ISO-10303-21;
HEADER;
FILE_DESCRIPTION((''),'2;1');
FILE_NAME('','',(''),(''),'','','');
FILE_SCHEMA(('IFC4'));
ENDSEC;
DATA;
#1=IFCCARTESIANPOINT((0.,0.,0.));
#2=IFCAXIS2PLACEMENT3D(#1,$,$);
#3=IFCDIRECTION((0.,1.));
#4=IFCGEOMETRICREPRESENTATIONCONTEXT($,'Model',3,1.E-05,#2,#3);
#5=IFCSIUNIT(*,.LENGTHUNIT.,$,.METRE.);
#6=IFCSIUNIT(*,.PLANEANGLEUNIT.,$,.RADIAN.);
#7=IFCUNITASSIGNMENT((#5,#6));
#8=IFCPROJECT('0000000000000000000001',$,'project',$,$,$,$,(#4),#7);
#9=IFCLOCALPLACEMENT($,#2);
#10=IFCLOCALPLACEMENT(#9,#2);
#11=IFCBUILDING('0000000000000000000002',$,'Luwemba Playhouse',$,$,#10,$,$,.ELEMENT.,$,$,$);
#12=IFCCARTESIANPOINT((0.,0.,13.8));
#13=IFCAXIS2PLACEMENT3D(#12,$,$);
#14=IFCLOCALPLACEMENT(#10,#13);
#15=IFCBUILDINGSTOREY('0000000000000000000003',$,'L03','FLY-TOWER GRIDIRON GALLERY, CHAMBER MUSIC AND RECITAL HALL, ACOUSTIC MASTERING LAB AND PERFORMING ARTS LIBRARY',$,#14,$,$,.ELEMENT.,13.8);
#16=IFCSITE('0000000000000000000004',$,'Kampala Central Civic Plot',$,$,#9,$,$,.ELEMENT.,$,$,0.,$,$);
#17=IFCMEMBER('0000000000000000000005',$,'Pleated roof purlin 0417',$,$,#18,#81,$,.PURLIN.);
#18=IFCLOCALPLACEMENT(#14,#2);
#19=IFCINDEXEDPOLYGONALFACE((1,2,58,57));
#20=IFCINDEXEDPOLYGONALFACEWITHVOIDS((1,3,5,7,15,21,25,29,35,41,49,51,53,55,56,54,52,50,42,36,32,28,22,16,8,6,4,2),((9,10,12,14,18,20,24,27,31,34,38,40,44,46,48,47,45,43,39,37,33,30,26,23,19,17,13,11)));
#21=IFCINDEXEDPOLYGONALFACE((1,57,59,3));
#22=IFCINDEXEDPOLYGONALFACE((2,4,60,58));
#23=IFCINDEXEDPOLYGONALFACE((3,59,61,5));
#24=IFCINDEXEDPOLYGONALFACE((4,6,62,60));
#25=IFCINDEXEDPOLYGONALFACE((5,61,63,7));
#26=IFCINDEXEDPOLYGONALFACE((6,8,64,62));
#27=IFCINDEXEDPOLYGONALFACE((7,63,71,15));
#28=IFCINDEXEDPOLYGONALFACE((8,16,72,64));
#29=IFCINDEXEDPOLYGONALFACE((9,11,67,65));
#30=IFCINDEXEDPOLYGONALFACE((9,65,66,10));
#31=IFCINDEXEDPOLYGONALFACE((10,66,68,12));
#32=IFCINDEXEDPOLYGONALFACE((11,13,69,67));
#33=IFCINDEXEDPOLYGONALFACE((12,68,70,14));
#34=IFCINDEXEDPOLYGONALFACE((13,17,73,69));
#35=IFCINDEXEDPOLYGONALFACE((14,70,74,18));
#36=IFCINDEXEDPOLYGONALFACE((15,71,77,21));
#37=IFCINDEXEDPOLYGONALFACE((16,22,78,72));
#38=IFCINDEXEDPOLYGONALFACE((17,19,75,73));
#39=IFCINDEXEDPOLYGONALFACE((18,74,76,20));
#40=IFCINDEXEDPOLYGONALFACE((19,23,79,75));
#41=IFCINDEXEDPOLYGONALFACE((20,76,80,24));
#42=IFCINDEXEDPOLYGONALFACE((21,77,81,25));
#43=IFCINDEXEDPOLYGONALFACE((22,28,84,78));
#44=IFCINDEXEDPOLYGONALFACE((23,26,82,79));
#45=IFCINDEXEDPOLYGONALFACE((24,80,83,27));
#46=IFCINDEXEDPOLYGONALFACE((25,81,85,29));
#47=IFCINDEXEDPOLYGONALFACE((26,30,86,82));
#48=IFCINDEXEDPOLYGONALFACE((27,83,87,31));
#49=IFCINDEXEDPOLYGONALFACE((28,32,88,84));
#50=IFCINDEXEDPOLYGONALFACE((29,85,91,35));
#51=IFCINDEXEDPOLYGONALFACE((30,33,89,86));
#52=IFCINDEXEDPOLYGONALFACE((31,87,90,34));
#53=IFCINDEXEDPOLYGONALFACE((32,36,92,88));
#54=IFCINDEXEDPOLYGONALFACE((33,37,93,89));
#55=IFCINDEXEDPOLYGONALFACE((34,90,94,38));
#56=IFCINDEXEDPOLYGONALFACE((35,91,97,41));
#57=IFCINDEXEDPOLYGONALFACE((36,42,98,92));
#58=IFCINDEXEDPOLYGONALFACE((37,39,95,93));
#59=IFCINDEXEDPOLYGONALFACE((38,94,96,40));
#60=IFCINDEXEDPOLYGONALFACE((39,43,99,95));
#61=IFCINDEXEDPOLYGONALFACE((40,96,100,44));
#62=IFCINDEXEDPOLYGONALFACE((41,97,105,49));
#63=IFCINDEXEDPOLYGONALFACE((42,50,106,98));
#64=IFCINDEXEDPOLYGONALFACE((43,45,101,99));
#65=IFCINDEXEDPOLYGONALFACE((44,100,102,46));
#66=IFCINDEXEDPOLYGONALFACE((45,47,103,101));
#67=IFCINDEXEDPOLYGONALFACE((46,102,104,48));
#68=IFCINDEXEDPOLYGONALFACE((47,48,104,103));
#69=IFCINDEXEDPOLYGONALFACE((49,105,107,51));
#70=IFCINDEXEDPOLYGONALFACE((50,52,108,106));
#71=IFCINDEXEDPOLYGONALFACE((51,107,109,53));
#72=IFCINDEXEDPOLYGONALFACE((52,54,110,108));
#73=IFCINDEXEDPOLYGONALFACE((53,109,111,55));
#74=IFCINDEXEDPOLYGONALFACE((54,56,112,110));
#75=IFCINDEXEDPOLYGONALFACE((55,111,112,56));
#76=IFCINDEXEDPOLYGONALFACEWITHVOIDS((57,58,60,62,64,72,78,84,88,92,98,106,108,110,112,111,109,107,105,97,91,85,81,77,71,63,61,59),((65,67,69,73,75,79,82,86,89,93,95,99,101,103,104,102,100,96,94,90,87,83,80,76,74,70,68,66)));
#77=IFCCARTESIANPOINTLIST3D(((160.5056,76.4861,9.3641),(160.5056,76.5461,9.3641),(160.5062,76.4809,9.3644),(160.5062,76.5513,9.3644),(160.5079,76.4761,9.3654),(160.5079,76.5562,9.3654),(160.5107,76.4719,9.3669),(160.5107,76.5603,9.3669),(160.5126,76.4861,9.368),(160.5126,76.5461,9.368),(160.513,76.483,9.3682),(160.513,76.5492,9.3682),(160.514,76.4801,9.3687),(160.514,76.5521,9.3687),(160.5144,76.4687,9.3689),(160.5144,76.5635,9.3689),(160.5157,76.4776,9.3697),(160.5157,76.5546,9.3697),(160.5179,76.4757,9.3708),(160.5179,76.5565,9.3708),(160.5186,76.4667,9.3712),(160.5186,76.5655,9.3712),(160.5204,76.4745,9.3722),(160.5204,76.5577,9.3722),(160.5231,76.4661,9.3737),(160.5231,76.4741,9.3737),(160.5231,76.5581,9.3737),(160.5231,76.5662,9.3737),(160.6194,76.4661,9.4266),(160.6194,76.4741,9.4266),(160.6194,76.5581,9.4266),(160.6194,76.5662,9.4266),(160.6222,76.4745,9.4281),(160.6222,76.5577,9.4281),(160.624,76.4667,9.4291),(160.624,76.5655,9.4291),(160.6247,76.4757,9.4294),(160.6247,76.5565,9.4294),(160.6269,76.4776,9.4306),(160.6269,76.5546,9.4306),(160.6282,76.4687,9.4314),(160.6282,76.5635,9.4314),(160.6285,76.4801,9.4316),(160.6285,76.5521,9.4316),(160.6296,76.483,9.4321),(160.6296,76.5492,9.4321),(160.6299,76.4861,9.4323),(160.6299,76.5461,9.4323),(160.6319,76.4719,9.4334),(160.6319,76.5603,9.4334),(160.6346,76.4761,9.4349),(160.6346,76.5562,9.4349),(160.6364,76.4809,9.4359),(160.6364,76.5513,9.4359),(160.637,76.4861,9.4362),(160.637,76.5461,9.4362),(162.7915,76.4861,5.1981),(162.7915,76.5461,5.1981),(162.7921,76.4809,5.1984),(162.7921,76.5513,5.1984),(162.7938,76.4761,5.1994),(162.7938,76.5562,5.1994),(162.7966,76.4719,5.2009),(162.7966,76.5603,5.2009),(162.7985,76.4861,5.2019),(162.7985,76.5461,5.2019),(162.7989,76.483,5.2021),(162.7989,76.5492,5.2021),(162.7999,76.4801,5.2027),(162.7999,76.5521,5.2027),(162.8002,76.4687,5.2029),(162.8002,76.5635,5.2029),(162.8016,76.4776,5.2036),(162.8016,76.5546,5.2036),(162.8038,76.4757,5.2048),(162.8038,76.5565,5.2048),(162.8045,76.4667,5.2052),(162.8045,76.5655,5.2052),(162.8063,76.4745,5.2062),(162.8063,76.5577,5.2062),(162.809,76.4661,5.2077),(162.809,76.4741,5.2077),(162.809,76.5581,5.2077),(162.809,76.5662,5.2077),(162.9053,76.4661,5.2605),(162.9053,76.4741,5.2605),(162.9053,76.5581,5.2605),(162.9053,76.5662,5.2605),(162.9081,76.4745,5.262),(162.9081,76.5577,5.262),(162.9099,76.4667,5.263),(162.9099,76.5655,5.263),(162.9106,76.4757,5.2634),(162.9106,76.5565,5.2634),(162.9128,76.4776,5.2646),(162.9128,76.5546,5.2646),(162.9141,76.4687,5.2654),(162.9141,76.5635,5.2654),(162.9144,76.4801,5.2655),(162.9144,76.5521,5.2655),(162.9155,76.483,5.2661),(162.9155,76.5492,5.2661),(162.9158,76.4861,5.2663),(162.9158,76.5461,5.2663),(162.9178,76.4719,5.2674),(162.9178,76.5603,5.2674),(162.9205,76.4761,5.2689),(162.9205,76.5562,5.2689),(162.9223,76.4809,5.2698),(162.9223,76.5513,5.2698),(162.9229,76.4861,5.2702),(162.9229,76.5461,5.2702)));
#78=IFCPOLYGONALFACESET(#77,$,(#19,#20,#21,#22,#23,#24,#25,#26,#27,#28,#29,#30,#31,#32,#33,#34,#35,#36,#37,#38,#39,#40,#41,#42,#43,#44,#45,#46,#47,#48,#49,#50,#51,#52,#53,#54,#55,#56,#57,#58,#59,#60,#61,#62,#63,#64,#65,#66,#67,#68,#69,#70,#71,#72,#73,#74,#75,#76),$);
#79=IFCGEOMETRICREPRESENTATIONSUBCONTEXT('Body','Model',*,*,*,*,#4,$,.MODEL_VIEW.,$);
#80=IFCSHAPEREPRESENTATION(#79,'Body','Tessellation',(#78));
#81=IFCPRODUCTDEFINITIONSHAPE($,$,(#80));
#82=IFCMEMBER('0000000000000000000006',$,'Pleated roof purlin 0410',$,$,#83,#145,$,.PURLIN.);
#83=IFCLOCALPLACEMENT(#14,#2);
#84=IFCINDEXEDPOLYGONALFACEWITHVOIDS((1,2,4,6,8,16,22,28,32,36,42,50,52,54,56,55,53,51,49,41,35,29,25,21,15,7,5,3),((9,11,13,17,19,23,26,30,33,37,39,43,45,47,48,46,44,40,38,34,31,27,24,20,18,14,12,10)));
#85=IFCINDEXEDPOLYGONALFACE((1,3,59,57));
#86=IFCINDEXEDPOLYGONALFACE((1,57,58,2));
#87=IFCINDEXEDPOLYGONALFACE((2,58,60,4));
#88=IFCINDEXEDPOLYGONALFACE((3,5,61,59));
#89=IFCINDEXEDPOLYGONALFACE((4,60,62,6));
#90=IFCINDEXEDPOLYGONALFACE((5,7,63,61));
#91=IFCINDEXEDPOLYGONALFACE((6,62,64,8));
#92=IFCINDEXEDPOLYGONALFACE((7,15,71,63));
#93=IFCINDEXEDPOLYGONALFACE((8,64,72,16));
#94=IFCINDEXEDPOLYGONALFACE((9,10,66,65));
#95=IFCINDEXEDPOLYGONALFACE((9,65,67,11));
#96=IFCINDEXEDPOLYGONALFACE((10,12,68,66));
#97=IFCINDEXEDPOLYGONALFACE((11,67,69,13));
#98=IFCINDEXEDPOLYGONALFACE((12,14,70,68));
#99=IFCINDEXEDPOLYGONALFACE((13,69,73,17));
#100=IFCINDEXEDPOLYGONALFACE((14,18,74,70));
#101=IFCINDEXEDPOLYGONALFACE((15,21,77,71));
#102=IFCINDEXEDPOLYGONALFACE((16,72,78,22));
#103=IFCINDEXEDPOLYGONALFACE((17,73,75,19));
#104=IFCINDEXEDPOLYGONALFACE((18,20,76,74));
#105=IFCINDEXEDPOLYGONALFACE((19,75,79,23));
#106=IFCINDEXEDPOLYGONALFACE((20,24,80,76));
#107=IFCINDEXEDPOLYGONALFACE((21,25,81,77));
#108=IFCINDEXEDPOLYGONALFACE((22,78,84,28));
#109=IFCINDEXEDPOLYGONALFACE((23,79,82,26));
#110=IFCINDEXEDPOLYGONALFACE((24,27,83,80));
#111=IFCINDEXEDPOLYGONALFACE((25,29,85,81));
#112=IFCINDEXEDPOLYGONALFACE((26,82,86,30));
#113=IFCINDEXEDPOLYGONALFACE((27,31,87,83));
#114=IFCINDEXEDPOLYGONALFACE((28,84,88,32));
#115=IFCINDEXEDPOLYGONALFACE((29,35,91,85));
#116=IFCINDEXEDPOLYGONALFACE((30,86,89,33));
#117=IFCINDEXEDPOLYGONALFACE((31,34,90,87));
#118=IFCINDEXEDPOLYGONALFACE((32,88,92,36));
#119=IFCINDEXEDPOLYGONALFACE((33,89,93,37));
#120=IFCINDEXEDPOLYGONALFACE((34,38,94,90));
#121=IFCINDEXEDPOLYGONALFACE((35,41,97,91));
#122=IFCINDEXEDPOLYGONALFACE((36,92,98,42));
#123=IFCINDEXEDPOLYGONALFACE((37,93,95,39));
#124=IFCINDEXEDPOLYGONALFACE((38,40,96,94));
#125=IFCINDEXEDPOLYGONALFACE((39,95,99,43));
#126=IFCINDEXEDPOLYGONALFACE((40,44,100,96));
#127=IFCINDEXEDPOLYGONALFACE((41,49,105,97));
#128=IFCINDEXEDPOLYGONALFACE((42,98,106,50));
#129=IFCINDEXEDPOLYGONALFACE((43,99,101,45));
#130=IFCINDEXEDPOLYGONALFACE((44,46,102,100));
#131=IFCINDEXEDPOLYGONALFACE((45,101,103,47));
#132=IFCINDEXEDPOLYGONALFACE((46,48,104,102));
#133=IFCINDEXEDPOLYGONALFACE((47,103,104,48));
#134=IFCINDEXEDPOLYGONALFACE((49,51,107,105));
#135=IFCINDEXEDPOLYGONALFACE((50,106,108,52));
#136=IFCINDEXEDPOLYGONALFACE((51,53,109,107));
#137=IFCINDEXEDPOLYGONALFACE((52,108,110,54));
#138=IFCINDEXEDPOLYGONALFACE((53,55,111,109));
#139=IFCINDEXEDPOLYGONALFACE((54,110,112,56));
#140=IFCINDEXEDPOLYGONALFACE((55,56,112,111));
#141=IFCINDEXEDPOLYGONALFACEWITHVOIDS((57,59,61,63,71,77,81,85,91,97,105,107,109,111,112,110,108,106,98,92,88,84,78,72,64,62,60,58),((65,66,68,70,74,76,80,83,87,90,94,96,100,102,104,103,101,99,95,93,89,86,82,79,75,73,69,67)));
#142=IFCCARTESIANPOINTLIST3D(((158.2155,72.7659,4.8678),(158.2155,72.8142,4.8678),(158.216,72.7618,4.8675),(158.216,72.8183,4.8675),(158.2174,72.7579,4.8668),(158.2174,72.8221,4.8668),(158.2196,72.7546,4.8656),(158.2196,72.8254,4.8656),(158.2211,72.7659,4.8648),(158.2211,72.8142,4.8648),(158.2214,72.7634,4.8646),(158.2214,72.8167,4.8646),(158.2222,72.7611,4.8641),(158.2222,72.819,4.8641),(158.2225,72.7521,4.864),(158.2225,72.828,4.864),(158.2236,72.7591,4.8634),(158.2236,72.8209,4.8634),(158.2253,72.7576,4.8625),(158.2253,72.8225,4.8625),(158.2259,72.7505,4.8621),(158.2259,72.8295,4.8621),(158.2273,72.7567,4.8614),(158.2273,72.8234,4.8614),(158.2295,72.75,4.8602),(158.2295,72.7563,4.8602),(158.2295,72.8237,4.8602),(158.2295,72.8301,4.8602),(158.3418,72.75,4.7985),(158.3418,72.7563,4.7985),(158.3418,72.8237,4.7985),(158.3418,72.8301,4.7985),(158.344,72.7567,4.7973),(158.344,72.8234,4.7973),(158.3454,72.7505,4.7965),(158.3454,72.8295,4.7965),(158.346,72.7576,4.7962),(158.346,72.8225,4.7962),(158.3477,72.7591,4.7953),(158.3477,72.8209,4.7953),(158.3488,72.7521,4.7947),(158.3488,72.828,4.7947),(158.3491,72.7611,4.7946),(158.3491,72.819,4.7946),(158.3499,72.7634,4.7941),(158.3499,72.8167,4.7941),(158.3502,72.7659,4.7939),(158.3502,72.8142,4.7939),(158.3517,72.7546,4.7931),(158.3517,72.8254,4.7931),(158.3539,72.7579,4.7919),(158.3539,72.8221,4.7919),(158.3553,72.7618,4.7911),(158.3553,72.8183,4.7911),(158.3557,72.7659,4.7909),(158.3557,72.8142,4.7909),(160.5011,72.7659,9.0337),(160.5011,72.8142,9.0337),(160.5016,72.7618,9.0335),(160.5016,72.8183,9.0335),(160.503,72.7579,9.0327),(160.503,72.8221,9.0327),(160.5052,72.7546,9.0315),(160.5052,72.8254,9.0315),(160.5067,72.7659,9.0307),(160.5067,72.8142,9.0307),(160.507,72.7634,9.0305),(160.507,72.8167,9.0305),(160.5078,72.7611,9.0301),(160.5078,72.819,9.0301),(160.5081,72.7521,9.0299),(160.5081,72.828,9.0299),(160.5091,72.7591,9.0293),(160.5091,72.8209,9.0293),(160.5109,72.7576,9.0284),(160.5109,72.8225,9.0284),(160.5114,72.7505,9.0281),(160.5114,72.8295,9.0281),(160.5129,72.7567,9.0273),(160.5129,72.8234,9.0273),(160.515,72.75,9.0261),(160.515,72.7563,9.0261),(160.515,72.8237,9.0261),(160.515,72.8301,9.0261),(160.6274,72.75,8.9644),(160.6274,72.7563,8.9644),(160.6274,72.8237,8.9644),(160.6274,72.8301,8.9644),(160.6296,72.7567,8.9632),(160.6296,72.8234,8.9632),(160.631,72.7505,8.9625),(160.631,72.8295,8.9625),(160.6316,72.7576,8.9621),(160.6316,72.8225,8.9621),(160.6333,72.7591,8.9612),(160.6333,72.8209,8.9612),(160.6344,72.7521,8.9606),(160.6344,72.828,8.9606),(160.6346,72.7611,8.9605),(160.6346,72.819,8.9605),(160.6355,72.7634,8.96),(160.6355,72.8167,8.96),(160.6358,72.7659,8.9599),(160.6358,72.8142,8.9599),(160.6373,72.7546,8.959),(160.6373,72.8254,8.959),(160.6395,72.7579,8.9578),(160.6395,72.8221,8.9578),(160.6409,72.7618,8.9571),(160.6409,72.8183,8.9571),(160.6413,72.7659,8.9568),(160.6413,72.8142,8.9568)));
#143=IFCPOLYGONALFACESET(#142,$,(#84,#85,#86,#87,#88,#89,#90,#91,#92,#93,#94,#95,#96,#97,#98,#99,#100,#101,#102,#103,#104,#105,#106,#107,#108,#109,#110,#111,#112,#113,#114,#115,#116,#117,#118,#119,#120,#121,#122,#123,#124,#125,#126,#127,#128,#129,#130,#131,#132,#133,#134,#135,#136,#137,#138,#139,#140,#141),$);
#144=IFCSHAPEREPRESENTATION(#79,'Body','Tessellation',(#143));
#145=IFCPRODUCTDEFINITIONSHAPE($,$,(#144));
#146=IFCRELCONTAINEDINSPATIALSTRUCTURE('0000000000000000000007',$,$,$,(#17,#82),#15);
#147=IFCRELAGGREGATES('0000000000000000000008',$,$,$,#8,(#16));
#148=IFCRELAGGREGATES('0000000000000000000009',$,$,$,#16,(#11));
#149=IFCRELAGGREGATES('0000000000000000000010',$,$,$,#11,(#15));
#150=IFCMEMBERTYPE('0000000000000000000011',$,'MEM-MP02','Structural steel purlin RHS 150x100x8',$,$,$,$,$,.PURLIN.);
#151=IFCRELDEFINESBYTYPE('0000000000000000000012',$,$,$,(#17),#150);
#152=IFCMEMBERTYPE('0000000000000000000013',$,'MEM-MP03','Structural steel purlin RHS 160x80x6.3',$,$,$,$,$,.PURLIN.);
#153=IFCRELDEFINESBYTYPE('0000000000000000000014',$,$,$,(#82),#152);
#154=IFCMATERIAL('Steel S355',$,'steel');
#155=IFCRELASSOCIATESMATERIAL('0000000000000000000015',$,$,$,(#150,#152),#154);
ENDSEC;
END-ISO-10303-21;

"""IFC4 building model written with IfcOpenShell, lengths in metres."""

from ifc_helpers import new_model, si_unit, direction, frame, origin, origin_2d, place, context, subcontext, project, spatial, hollow_rectangle, extrude, material, material_profile, profile_set, type_object, element, save


model = new_model("IFC4")

# Units and contexts
model_context = context("Model", 3, precision=1e-05, world=origin(), true_north=direction((0.0, 1.0)))
body_context = subcontext(model_context, "Body", "Model", "MODEL_VIEW")
ifc_project = project(units=[si_unit("LENGTHUNIT", "METRE"), si_unit("PLANEANGLEUNIT", "RADIAN")], contexts=[model_context])

# Site, building, storey
site_placement = place(None, origin())
site = spatial("IfcSite", under=ifc_project, at=site_placement, Name="Kampala Central Civic Plot", CompositionType="ELEMENT", RefElevation=0.0)
building_placement = place(site_placement, origin())
building = spatial("IfcBuilding", under=site, at=building_placement, Name="Luwemba Playhouse", CompositionType="ELEMENT")
storey_placement = place(building_placement, frame((0.0, 0.0, 13.8)))
storey = spatial("IfcBuildingStorey", under=building, at=storey_placement, Name="L03", Description="FLY-TOWER GRIDIRON GALLERY, CHAMBER MUSIC AND RECITAL HALL, ACOUSTIC MASTERING LAB AND PERFORMING ARTS LIBRARY", CompositionType="ELEMENT", Elevation=13.8)

# Shared definitions
ifc_material_1 = material(Name="Steel S355", Category="steel")

# Members
ifc_material_profile_1 = material_profile(ifc_material_1, hollow_rectangle(XDim=0.1001, YDim=0.1499, WallThickness=0.0081, InnerFilletRadius=0.012, OuterFilletRadius=0.02, at=origin_2d()))
ifc_profile_set_1 = profile_set([ifc_material_profile_1], Name="Steel S355")
member_type_1 = type_object("IfcMemberType", Name="MEM-MP02", Description="Structural steel purlin RHS 150x100x8", PredefinedType="PURLIN", material=ifc_profile_set_1)
member_1_placement = place(storey_placement, frame((160.5713, 76.5161, 9.4001), z_axis=(0.481043, 0.0, -0.876697), x_axis=(0.0, 1.0, 0.0)))
element("IfcMember", 1, at=member_1_placement, inside=storey, type_object=member_type_1, Name="Pleated roof purlin 0417", PredefinedType="PURLIN", context=body_context, shape_type="SweptSolid", body=[
    extrude(hollow_rectangle(XDim=0.1001, YDim=0.1499, WallThickness=0.0081, InnerFilletRadius=0.012, OuterFilletRadius=0.02, at=origin_2d()), origin(), (0.0, 0.0, 1.0), 4.752),
])
ifc_material_profile_2 = material_profile(ifc_material_1, hollow_rectangle(XDim=0.0801, YDim=0.1599, WallThickness=0.0063, InnerFilletRadius=0.0095, OuterFilletRadius=0.0159, at=origin_2d()))
ifc_profile_set_2 = profile_set([ifc_material_profile_2], Name="Steel S355")
member_type_2 = type_object("IfcMemberType", Name="MEM-MP03", Description="Structural steel purlin RHS 160x80x6.3", PredefinedType="PURLIN", material=ifc_profile_set_2)
member_2_placement = place(storey_placement, frame((158.2856, 72.79, 4.8293), z_axis=(0.481003, 0.0, 0.876719), x_axis=(0.0, 1.0, 0.0)))
element("IfcMember", 2, at=member_2_placement, inside=storey, type_object=member_type_2, Name="Pleated roof purlin 0410", PredefinedType="PURLIN", context=body_context, shape_type="SweptSolid", body=[
    extrude(hollow_rectangle(XDim=0.0801, YDim=0.1599, WallThickness=0.0063, InnerFilletRadius=0.0095, OuterFilletRadius=0.0159, at=origin_2d()), origin(), (0.0, 0.0, 1.0), 4.7517),
])

save(model, "model.ifc")
